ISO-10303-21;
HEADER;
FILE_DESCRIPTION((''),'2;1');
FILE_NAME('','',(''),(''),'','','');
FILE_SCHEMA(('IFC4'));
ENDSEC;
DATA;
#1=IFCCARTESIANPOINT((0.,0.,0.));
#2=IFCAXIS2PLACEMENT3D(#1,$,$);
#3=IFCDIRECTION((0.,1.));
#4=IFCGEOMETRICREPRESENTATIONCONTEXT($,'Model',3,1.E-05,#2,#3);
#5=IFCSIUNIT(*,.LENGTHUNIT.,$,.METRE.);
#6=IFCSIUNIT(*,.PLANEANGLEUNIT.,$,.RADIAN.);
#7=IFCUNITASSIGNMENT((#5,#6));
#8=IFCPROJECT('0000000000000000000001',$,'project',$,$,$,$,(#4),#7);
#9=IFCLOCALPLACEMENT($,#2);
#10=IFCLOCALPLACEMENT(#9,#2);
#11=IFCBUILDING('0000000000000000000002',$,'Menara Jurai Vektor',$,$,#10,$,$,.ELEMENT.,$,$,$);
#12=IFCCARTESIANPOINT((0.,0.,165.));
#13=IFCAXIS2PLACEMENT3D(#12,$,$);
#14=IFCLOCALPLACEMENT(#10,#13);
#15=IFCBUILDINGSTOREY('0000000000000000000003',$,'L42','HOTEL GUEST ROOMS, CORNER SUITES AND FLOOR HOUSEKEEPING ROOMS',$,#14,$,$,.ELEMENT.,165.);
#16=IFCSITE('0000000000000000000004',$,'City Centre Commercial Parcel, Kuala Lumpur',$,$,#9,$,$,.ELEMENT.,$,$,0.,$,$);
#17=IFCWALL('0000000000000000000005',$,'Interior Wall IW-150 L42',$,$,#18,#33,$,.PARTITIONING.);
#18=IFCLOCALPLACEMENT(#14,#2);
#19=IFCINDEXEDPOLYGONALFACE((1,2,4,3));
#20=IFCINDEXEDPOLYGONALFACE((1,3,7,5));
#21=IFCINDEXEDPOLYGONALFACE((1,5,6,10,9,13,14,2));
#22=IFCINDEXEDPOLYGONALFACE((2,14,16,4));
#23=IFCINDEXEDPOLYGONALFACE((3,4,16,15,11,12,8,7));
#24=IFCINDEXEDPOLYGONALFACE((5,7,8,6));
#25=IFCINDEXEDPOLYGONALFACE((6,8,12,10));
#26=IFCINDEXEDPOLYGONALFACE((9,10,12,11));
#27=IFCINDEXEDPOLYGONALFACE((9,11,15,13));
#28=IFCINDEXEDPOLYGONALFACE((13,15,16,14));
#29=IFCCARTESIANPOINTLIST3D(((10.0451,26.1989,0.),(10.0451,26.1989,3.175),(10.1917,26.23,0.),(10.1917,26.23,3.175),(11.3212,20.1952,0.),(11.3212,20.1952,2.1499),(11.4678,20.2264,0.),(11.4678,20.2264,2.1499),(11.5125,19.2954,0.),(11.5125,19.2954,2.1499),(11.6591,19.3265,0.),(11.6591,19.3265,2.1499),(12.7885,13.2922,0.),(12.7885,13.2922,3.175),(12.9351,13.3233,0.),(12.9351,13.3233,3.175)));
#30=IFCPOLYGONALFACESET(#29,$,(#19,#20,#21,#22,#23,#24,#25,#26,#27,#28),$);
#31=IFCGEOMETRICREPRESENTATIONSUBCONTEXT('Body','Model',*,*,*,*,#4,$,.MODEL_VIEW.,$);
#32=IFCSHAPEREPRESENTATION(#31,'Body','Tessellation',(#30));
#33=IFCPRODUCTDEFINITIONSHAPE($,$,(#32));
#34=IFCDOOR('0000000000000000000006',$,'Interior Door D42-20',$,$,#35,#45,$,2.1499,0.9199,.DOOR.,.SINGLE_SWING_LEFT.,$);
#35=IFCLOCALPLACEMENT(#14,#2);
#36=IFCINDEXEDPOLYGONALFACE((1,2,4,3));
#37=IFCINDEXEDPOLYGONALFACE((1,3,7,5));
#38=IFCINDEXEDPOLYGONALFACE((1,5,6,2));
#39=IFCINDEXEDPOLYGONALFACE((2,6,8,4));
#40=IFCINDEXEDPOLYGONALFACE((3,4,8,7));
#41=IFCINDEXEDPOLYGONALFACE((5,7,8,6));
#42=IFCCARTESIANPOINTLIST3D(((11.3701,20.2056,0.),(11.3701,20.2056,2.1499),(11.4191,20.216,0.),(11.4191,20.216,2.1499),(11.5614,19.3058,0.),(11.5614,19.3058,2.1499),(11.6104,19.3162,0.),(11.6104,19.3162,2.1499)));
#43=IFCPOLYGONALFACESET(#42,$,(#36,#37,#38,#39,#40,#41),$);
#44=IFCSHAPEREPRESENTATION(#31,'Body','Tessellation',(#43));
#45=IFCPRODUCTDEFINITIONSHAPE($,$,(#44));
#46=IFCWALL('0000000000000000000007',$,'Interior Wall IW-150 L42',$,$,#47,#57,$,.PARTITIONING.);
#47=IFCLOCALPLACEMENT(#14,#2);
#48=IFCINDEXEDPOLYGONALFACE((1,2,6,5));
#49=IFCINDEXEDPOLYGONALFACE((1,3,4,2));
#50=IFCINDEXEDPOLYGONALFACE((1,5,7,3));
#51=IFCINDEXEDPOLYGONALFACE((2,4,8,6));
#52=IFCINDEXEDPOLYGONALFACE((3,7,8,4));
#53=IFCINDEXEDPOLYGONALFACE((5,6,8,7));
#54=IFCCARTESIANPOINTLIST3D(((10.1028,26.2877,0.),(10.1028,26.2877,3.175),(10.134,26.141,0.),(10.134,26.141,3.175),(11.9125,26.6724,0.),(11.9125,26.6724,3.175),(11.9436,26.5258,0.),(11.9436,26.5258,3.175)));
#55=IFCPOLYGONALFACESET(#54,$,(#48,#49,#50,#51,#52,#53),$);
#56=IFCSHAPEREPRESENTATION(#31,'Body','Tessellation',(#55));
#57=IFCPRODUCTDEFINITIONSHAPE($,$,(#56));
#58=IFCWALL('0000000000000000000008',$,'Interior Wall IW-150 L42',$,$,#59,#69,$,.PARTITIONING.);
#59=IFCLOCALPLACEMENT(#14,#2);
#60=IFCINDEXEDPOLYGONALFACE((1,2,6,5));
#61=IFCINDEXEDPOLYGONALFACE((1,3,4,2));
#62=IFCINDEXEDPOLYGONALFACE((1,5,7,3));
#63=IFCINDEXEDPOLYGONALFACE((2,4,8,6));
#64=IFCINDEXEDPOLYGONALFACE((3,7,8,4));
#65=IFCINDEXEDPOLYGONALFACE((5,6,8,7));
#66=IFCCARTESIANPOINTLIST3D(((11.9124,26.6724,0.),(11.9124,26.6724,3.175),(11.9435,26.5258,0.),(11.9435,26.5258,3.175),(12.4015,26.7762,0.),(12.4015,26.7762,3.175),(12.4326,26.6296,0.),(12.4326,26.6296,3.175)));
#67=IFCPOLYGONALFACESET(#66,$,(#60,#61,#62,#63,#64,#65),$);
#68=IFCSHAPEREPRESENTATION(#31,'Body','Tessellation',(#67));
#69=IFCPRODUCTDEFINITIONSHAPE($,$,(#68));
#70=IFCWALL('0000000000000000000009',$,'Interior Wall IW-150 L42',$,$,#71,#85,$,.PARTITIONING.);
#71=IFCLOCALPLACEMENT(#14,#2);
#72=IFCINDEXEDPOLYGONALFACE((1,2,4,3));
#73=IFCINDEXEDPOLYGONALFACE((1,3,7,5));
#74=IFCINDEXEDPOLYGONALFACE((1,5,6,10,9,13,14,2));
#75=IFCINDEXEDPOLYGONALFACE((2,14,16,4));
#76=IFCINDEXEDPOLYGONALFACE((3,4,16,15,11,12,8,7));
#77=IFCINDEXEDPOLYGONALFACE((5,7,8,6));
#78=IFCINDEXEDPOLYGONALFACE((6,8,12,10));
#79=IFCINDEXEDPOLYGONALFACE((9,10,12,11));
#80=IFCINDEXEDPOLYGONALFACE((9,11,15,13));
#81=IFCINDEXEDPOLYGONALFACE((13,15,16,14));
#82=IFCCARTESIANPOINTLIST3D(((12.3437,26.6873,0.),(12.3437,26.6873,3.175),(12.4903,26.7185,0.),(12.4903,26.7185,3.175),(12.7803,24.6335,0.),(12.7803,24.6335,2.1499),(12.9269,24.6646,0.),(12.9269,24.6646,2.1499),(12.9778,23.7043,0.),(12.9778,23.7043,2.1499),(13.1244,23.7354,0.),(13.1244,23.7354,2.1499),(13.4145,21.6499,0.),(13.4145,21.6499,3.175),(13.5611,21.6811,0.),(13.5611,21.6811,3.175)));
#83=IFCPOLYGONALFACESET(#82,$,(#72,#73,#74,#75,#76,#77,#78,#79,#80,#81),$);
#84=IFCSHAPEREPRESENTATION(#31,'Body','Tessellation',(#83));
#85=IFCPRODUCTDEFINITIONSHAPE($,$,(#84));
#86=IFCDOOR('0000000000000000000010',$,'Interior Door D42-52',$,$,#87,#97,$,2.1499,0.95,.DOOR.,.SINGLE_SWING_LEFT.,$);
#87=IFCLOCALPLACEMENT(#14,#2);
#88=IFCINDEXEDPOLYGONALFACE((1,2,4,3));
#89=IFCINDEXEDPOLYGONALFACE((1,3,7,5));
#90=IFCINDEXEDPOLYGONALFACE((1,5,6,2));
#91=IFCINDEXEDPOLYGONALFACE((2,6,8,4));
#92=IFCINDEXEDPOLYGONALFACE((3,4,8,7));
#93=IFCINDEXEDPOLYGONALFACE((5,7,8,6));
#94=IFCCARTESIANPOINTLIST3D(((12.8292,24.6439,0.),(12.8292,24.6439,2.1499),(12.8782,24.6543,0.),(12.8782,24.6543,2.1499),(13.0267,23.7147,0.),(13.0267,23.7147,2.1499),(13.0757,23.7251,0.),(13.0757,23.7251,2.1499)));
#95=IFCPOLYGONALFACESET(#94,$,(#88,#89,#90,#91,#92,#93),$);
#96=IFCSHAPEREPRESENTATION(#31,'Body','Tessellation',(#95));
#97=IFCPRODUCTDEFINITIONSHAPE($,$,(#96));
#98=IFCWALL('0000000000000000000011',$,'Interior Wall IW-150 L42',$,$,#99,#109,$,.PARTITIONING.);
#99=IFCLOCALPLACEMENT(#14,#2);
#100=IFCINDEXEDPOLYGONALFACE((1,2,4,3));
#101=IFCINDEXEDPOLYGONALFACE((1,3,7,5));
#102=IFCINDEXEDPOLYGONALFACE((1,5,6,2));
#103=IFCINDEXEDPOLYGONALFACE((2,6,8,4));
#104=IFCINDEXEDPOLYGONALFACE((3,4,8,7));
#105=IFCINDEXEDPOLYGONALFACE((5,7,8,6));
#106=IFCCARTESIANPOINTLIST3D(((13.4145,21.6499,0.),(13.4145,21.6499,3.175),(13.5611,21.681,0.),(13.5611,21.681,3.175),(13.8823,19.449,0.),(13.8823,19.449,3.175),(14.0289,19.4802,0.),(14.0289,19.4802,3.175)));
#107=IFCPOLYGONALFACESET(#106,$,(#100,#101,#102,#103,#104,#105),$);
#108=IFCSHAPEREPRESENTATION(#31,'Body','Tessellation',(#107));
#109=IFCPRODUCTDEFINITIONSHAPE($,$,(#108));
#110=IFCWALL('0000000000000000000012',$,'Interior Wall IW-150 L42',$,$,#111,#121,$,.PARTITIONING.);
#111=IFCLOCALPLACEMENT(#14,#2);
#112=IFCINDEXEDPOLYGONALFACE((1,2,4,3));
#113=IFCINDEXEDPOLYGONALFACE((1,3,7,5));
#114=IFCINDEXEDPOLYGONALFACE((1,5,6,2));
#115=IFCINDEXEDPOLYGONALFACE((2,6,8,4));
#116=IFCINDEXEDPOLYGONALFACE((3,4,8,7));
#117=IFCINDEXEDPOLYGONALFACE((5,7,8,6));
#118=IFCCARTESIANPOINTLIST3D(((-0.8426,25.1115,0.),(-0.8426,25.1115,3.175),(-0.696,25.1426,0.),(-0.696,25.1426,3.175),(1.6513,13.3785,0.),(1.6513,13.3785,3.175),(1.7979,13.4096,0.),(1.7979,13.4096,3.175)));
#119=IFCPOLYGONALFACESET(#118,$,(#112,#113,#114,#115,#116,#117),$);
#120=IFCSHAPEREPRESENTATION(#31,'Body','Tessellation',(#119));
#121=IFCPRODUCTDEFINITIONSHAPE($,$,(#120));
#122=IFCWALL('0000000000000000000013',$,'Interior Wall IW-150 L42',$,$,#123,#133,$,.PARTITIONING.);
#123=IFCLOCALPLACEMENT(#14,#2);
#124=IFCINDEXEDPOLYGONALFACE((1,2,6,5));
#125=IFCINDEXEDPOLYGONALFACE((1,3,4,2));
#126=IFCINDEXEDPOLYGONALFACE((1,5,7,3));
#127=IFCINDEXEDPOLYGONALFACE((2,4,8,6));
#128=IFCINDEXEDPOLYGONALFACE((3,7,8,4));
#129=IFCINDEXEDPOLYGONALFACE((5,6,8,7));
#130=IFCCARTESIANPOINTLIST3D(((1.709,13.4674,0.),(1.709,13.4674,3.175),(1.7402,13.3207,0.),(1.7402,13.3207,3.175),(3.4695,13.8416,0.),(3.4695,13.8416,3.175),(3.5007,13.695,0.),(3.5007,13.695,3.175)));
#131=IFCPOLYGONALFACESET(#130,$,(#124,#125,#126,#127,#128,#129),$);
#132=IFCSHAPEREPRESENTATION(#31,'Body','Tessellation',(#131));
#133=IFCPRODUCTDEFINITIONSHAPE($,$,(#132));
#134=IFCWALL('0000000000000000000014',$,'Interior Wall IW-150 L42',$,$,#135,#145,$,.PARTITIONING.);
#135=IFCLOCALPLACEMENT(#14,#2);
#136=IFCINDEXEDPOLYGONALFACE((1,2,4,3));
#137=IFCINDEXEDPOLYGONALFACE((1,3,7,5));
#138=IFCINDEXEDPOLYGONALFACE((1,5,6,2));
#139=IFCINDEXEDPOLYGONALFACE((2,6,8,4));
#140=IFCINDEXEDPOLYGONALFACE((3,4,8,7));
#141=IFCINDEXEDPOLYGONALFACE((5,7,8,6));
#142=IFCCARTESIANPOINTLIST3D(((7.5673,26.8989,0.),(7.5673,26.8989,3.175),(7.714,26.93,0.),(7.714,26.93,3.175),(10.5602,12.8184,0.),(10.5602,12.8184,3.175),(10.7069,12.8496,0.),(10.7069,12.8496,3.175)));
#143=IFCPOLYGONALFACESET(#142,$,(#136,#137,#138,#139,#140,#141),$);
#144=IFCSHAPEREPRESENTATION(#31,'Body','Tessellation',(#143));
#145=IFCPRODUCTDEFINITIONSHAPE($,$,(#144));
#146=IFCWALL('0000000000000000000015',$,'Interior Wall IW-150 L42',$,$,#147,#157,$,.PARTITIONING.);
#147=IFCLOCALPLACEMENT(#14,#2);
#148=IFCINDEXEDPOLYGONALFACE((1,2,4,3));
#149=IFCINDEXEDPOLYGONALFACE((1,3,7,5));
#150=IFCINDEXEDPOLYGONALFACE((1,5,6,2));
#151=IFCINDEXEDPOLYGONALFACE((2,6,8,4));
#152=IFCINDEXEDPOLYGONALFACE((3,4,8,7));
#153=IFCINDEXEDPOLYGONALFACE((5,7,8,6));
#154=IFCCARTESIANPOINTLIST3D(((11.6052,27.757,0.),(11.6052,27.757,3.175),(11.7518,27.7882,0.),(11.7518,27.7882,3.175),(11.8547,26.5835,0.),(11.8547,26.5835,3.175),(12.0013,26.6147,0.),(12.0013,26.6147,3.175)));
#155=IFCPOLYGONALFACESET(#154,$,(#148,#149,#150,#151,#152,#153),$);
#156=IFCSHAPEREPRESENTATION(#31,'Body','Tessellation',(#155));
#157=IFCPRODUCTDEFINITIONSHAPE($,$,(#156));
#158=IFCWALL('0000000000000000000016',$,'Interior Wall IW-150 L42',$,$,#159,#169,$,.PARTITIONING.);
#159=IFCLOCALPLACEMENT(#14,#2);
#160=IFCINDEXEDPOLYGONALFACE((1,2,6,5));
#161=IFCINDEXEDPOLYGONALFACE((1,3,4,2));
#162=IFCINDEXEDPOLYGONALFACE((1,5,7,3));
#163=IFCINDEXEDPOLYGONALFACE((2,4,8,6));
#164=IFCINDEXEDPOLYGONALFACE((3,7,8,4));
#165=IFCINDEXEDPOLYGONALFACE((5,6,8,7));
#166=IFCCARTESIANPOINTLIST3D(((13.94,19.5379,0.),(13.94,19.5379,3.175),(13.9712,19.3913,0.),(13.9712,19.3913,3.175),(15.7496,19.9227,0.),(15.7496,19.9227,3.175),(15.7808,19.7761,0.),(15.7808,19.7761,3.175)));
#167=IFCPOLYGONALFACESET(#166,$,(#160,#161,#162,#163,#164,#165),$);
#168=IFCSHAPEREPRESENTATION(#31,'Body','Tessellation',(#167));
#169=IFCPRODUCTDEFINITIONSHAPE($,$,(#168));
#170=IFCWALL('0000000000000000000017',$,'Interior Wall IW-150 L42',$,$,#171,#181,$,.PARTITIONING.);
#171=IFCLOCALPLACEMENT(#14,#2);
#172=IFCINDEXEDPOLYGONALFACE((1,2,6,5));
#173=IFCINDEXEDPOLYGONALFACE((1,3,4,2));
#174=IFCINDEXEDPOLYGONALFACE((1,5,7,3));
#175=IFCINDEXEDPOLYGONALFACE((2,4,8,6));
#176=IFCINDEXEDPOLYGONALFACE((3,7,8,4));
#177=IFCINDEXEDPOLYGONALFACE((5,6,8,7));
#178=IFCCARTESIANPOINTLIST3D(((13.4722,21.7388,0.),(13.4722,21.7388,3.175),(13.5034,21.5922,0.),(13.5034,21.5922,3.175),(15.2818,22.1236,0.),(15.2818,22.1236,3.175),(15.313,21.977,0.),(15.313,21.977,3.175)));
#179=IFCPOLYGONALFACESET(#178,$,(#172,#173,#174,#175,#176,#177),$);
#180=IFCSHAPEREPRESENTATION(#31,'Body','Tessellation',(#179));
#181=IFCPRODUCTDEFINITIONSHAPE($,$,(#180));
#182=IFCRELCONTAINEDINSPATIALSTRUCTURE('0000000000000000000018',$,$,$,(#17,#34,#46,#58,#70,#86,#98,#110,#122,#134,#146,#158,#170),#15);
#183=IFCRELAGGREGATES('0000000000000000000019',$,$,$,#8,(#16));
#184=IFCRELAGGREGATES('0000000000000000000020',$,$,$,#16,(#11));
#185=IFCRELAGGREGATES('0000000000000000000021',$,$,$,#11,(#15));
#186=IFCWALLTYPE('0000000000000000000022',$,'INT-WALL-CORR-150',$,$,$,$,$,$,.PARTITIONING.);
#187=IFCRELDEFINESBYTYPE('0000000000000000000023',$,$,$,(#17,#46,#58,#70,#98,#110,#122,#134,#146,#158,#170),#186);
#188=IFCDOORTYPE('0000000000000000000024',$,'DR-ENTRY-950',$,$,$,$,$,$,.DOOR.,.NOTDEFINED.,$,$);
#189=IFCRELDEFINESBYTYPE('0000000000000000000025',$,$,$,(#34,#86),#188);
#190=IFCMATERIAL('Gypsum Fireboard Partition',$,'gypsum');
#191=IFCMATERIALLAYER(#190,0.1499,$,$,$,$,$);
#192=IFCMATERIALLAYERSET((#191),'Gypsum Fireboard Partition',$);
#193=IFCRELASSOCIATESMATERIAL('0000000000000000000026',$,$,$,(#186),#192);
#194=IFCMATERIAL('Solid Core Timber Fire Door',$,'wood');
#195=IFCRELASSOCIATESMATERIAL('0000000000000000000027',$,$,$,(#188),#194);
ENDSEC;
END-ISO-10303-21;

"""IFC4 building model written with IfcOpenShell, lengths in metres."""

from ifc_helpers import new_model, si_unit, direction, frame, frame_2d, origin, place, context, subcontext, project, spatial, rectangle, extrude, material, layer, layer_set, type_object, element, fill, save


model = new_model("IFC4")

# Units and contexts
model_context = context("Model", 3, precision=1e-05, world=origin(), true_north=direction((0.0, 1.0)))
body_context = subcontext(model_context, "Body", "Model", "MODEL_VIEW")
ifc_project = project(units=[si_unit("LENGTHUNIT", "METRE"), si_unit("PLANEANGLEUNIT", "RADIAN")], contexts=[model_context])

# Site, building, storey
site_placement = place(None, origin())
site = spatial("IfcSite", under=ifc_project, at=site_placement, Name="City Centre Commercial Parcel, Kuala Lumpur", CompositionType="ELEMENT", RefElevation=0.0)
building_placement = place(site_placement, origin())
building = spatial("IfcBuilding", under=site, at=building_placement, Name="Menara Jurai Vektor", CompositionType="ELEMENT")
storey_placement = place(building_placement, frame((0.0, 0.0, 165.0)))
storey = spatial("IfcBuildingStorey", under=building, at=storey_placement, Name="L42", Description="HOTEL GUEST ROOMS, CORNER SUITES AND FLOOR HOUSEKEEPING ROOMS", CompositionType="ELEMENT", Elevation=165.0)

# Wall, opening, door
ifc_material_1 = material(Name="Gypsum Fireboard Partition", Category="gypsum")
ifc_layer_1 = layer(ifc_material_1, 0.1499)
ifc_layer_set_1 = layer_set([ifc_layer_1], Name="Gypsum Fireboard Partition")
wall_type = type_object("IfcWallType", Name="INT-WALL-CORR-150", PredefinedType="PARTITIONING", material=ifc_layer_set_1)
wall_1_placement = place(storey_placement, frame((12.8618, 13.3076, 0.0), z_axis=(0.0, 0.0, 1.0), x_axis=(-0.207911, 0.978148, 0.0)))
wall_1 = element("IfcWall", 1, at=wall_1_placement, inside=storey, type_object=wall_type, Name="Interior Wall IW-150 L42", PredefinedType="PARTITIONING", context=body_context, shape_type="SweptSolid", body=[
    extrude(rectangle(XDim=13.1951, YDim=0.1499, at=frame_2d((6.5977, 0.0))), origin(), (0.0, 0.0, 1.0), 3.175),
])
opening_1_placement = place(wall_1_placement, frame((6.1375, 0.0, 0.0)))
opening_1 = element("IfcOpeningElement", 2, at=opening_1_placement, cuts=wall_1, PredefinedType="OPENING", context=body_context, shape_type="SweptSolid", body=[
    extrude(rectangle(XDim=0.9199, YDim=2.1499, at=frame_2d((0.46, 1.075))), frame((0.0, 0.085, 0.0), z_axis=(0.0, -1.0, 0.0), x_axis=(1.0, 0.0, 0.0)), (0.0, 0.0, 1.0), 0.1699),
])
ifc_material_2 = material(Name="Solid Core Timber Fire Door", Category="wood")
door_type = type_object("IfcDoorType", Name="DR-ENTRY-950", OperationType="NOTDEFINED", PredefinedType="DOOR", material=ifc_material_2)
door_1_placement = place(opening_1_placement, origin())
door_1 = element("IfcDoor", 3, at=door_1_placement, inside=storey, type_object=door_type, Name="Interior Door D42-20", OperationType="SINGLE_SWING_LEFT", OverallHeight=2.1499, OverallWidth=0.9199, PredefinedType="DOOR", context=body_context, shape_type="SweptSolid", body=[
    extrude(rectangle(XDim=0.9199, YDim=2.1499, at=frame_2d((0.46, 1.075))), frame((0.0, 0.0249, 0.0), z_axis=(0.0, -1.0, 0.0), x_axis=(1.0, 0.0, 0.0)), (0.0, 0.0, 1.0), 0.05),
])
fill(opening_1, door_1)

# Walls
wall_2_placement = place(storey_placement, frame((10.1184, 26.2144, 0.0), z_axis=(0.0, 0.0, 1.0), x_axis=(0.978133, 0.207979, 0.0)))
element("IfcWall", 4, at=wall_2_placement, inside=storey, type_object=wall_type, Name="Interior Wall IW-150 L42", PredefinedType="PARTITIONING", context=body_context, shape_type="SweptSolid", body=[
    extrude(rectangle(XDim=1.8501, YDim=0.1499, at=frame_2d((0.925, 0.0))), origin(), (0.0, 0.0, 1.0), 3.175),
])
wall_3_placement = place(storey_placement, frame((11.928, 26.5991, 0.0), z_axis=(0.0, 0.0, 1.0), x_axis=(0.978222, 0.207561, 0.0)))
element("IfcWall", 5, at=wall_3_placement, inside=storey, type_object=wall_type, Name="Interior Wall IW-150 L42", PredefinedType="PARTITIONING", context=body_context, shape_type="SweptSolid", body=[
    extrude(rectangle(XDim=0.5, YDim=0.1499, at=frame_2d((0.25, 0.0))), origin(), (0.0, 0.0, 1.0), 3.175),
])

# Wall, opening, door
wall_4_placement = place(storey_placement, frame((13.4878, 21.6655, 0.0), z_axis=(0.0, 0.0, 1.0), x_axis=(-0.207926, 0.978145, 0.0)))
wall_4 = element("IfcWall", 6, at=wall_4_placement, inside=storey, type_object=wall_type, Name="Interior Wall IW-150 L42", PredefinedType="PARTITIONING", context=body_context, shape_type="SweptSolid", body=[
    extrude(rectangle(XDim=5.1499, YDim=0.1499, at=frame_2d((2.575, 0.0))), origin(), (0.0, 0.0, 1.0), 3.175),
])
opening_2_placement = place(wall_4_placement, frame((2.1001, 0.0, 0.0)))
opening_2 = element("IfcOpeningElement", 7, at=opening_2_placement, cuts=wall_4, PredefinedType="OPENING", context=body_context, shape_type="SweptSolid", body=[
    extrude(rectangle(XDim=0.95, YDim=2.1499, at=frame_2d((0.4751, 1.075))), frame((0.0, 0.085, 0.0), z_axis=(0.0, -1.0, 0.0), x_axis=(1.0, 0.0, 0.0)), (0.0, 0.0, 1.0), 0.1699),
])
door_2_placement = place(opening_2_placement, origin())
door_2 = element("IfcDoor", 8, at=door_2_placement, inside=storey, type_object=door_type, Name="Interior Door D42-52", OperationType="SINGLE_SWING_LEFT", OverallHeight=2.1499, OverallWidth=0.95, PredefinedType="DOOR", context=body_context, shape_type="SweptSolid", body=[
    extrude(rectangle(XDim=0.95, YDim=2.1499, at=frame_2d((0.4751, 1.075))), frame((0.0, 0.0249, 0.0), z_axis=(0.0, -1.0, 0.0), x_axis=(1.0, 0.0, 0.0)), (0.0, 0.0, 1.0), 0.05),
])
fill(opening_2, door_2)

# Walls
wall_5_placement = place(storey_placement, frame((13.9556, 19.4646, 0.0), z_axis=(0.0, 0.0, 1.0), x_axis=(-0.207891, 0.978152, 0.0)))
element("IfcWall", 9, at=wall_5_placement, inside=storey, type_object=wall_type, Name="Interior Wall IW-150 L42", PredefinedType="PARTITIONING", context=body_context, shape_type="SweptSolid", body=[
    extrude(rectangle(XDim=2.25, YDim=0.1499, at=frame_2d((1.125, 0.0))), origin(), (0.0, 0.0, 1.0), 3.175),
])
wall_6_placement = place(storey_placement, frame((1.7246, 13.394, 0.0), z_axis=(0.0, 0.0, 1.0), x_axis=(-0.207911, 0.978148, 0.0)))
element("IfcWall", 10, at=wall_6_placement, inside=storey, type_object=wall_type, Name="Interior Wall IW-150 L42", PredefinedType="PARTITIONING", context=body_context, shape_type="SweptSolid", body=[
    extrude(rectangle(XDim=11.9951, YDim=0.1499, at=frame_2d((5.9976, 0.0))), origin(), (0.0, 0.0, 1.0), 3.175),
])
wall_7_placement = place(storey_placement, frame((1.7246, 13.394, 0.0), z_axis=(0.0, 0.0, 1.0), x_axis=(0.978141, 0.207945, 0.0)))
element("IfcWall", 11, at=wall_7_placement, inside=storey, type_object=wall_type, Name="Interior Wall IW-150 L42", PredefinedType="PARTITIONING", context=body_context, shape_type="SweptSolid", body=[
    extrude(rectangle(XDim=1.7998, YDim=0.1499, at=frame_2d((0.8999, 0.0))), origin(), (0.0, 0.0, 1.0), 3.175),
])
wall_8_placement = place(storey_placement, frame((10.6335, 12.834, 0.0), z_axis=(0.0, 0.0, 1.0), x_axis=(-0.207912, 0.978148, 0.0)))
element("IfcWall", 12, at=wall_8_placement, inside=storey, type_object=wall_type, Name="Interior Wall IW-150 L42", PredefinedType="PARTITIONING", context=body_context, shape_type="SweptSolid", body=[
    extrude(rectangle(XDim=14.395, YDim=0.1499, at=frame_2d((7.1975, 0.0))), origin(), (0.0, 0.0, 1.0), 3.175),
])
wall_9_placement = place(storey_placement, frame((11.928, 26.5991, 0.0), z_axis=(0.0, 0.0, 1.0), x_axis=(-0.207959, 0.978138, 0.0)))
element("IfcWall", 13, at=wall_9_placement, inside=storey, type_object=wall_type, Name="Interior Wall IW-150 L42", PredefinedType="PARTITIONING", context=body_context, shape_type="SweptSolid", body=[
    extrude(rectangle(XDim=1.1997, YDim=0.1499, at=frame_2d((0.5999, 0.0))), origin(), (0.0, 0.0, 1.0), 3.175),
])
for number, where, z_axis, x_axis, name in (
    (14, (13.9556, 19.4646, 0.0), (0.0, 0.0, 1.0), (0.978133, 0.207979, 0.0), "Interior Wall IW-150 L42"),
    (15, (13.4878, 21.6655, 0.0), (0.0, 0.0, 1.0), (0.978133, 0.207979, 0.0), "Interior Wall IW-150 L42"),
):
    element("IfcWall", number, at=place(storey_placement, frame(where, z_axis=z_axis, x_axis=x_axis)), inside=storey, type_object=wall_type, Name=name, PredefinedType="PARTITIONING", context=body_context, shape_type="SweptSolid", body=[
        extrude(rectangle(XDim=1.8501, YDim=0.1499, at=frame_2d((0.925, 0.0))), origin(), (0.0, 0.0, 1.0), 3.175),
    ])

save(model, "model.ifc")
